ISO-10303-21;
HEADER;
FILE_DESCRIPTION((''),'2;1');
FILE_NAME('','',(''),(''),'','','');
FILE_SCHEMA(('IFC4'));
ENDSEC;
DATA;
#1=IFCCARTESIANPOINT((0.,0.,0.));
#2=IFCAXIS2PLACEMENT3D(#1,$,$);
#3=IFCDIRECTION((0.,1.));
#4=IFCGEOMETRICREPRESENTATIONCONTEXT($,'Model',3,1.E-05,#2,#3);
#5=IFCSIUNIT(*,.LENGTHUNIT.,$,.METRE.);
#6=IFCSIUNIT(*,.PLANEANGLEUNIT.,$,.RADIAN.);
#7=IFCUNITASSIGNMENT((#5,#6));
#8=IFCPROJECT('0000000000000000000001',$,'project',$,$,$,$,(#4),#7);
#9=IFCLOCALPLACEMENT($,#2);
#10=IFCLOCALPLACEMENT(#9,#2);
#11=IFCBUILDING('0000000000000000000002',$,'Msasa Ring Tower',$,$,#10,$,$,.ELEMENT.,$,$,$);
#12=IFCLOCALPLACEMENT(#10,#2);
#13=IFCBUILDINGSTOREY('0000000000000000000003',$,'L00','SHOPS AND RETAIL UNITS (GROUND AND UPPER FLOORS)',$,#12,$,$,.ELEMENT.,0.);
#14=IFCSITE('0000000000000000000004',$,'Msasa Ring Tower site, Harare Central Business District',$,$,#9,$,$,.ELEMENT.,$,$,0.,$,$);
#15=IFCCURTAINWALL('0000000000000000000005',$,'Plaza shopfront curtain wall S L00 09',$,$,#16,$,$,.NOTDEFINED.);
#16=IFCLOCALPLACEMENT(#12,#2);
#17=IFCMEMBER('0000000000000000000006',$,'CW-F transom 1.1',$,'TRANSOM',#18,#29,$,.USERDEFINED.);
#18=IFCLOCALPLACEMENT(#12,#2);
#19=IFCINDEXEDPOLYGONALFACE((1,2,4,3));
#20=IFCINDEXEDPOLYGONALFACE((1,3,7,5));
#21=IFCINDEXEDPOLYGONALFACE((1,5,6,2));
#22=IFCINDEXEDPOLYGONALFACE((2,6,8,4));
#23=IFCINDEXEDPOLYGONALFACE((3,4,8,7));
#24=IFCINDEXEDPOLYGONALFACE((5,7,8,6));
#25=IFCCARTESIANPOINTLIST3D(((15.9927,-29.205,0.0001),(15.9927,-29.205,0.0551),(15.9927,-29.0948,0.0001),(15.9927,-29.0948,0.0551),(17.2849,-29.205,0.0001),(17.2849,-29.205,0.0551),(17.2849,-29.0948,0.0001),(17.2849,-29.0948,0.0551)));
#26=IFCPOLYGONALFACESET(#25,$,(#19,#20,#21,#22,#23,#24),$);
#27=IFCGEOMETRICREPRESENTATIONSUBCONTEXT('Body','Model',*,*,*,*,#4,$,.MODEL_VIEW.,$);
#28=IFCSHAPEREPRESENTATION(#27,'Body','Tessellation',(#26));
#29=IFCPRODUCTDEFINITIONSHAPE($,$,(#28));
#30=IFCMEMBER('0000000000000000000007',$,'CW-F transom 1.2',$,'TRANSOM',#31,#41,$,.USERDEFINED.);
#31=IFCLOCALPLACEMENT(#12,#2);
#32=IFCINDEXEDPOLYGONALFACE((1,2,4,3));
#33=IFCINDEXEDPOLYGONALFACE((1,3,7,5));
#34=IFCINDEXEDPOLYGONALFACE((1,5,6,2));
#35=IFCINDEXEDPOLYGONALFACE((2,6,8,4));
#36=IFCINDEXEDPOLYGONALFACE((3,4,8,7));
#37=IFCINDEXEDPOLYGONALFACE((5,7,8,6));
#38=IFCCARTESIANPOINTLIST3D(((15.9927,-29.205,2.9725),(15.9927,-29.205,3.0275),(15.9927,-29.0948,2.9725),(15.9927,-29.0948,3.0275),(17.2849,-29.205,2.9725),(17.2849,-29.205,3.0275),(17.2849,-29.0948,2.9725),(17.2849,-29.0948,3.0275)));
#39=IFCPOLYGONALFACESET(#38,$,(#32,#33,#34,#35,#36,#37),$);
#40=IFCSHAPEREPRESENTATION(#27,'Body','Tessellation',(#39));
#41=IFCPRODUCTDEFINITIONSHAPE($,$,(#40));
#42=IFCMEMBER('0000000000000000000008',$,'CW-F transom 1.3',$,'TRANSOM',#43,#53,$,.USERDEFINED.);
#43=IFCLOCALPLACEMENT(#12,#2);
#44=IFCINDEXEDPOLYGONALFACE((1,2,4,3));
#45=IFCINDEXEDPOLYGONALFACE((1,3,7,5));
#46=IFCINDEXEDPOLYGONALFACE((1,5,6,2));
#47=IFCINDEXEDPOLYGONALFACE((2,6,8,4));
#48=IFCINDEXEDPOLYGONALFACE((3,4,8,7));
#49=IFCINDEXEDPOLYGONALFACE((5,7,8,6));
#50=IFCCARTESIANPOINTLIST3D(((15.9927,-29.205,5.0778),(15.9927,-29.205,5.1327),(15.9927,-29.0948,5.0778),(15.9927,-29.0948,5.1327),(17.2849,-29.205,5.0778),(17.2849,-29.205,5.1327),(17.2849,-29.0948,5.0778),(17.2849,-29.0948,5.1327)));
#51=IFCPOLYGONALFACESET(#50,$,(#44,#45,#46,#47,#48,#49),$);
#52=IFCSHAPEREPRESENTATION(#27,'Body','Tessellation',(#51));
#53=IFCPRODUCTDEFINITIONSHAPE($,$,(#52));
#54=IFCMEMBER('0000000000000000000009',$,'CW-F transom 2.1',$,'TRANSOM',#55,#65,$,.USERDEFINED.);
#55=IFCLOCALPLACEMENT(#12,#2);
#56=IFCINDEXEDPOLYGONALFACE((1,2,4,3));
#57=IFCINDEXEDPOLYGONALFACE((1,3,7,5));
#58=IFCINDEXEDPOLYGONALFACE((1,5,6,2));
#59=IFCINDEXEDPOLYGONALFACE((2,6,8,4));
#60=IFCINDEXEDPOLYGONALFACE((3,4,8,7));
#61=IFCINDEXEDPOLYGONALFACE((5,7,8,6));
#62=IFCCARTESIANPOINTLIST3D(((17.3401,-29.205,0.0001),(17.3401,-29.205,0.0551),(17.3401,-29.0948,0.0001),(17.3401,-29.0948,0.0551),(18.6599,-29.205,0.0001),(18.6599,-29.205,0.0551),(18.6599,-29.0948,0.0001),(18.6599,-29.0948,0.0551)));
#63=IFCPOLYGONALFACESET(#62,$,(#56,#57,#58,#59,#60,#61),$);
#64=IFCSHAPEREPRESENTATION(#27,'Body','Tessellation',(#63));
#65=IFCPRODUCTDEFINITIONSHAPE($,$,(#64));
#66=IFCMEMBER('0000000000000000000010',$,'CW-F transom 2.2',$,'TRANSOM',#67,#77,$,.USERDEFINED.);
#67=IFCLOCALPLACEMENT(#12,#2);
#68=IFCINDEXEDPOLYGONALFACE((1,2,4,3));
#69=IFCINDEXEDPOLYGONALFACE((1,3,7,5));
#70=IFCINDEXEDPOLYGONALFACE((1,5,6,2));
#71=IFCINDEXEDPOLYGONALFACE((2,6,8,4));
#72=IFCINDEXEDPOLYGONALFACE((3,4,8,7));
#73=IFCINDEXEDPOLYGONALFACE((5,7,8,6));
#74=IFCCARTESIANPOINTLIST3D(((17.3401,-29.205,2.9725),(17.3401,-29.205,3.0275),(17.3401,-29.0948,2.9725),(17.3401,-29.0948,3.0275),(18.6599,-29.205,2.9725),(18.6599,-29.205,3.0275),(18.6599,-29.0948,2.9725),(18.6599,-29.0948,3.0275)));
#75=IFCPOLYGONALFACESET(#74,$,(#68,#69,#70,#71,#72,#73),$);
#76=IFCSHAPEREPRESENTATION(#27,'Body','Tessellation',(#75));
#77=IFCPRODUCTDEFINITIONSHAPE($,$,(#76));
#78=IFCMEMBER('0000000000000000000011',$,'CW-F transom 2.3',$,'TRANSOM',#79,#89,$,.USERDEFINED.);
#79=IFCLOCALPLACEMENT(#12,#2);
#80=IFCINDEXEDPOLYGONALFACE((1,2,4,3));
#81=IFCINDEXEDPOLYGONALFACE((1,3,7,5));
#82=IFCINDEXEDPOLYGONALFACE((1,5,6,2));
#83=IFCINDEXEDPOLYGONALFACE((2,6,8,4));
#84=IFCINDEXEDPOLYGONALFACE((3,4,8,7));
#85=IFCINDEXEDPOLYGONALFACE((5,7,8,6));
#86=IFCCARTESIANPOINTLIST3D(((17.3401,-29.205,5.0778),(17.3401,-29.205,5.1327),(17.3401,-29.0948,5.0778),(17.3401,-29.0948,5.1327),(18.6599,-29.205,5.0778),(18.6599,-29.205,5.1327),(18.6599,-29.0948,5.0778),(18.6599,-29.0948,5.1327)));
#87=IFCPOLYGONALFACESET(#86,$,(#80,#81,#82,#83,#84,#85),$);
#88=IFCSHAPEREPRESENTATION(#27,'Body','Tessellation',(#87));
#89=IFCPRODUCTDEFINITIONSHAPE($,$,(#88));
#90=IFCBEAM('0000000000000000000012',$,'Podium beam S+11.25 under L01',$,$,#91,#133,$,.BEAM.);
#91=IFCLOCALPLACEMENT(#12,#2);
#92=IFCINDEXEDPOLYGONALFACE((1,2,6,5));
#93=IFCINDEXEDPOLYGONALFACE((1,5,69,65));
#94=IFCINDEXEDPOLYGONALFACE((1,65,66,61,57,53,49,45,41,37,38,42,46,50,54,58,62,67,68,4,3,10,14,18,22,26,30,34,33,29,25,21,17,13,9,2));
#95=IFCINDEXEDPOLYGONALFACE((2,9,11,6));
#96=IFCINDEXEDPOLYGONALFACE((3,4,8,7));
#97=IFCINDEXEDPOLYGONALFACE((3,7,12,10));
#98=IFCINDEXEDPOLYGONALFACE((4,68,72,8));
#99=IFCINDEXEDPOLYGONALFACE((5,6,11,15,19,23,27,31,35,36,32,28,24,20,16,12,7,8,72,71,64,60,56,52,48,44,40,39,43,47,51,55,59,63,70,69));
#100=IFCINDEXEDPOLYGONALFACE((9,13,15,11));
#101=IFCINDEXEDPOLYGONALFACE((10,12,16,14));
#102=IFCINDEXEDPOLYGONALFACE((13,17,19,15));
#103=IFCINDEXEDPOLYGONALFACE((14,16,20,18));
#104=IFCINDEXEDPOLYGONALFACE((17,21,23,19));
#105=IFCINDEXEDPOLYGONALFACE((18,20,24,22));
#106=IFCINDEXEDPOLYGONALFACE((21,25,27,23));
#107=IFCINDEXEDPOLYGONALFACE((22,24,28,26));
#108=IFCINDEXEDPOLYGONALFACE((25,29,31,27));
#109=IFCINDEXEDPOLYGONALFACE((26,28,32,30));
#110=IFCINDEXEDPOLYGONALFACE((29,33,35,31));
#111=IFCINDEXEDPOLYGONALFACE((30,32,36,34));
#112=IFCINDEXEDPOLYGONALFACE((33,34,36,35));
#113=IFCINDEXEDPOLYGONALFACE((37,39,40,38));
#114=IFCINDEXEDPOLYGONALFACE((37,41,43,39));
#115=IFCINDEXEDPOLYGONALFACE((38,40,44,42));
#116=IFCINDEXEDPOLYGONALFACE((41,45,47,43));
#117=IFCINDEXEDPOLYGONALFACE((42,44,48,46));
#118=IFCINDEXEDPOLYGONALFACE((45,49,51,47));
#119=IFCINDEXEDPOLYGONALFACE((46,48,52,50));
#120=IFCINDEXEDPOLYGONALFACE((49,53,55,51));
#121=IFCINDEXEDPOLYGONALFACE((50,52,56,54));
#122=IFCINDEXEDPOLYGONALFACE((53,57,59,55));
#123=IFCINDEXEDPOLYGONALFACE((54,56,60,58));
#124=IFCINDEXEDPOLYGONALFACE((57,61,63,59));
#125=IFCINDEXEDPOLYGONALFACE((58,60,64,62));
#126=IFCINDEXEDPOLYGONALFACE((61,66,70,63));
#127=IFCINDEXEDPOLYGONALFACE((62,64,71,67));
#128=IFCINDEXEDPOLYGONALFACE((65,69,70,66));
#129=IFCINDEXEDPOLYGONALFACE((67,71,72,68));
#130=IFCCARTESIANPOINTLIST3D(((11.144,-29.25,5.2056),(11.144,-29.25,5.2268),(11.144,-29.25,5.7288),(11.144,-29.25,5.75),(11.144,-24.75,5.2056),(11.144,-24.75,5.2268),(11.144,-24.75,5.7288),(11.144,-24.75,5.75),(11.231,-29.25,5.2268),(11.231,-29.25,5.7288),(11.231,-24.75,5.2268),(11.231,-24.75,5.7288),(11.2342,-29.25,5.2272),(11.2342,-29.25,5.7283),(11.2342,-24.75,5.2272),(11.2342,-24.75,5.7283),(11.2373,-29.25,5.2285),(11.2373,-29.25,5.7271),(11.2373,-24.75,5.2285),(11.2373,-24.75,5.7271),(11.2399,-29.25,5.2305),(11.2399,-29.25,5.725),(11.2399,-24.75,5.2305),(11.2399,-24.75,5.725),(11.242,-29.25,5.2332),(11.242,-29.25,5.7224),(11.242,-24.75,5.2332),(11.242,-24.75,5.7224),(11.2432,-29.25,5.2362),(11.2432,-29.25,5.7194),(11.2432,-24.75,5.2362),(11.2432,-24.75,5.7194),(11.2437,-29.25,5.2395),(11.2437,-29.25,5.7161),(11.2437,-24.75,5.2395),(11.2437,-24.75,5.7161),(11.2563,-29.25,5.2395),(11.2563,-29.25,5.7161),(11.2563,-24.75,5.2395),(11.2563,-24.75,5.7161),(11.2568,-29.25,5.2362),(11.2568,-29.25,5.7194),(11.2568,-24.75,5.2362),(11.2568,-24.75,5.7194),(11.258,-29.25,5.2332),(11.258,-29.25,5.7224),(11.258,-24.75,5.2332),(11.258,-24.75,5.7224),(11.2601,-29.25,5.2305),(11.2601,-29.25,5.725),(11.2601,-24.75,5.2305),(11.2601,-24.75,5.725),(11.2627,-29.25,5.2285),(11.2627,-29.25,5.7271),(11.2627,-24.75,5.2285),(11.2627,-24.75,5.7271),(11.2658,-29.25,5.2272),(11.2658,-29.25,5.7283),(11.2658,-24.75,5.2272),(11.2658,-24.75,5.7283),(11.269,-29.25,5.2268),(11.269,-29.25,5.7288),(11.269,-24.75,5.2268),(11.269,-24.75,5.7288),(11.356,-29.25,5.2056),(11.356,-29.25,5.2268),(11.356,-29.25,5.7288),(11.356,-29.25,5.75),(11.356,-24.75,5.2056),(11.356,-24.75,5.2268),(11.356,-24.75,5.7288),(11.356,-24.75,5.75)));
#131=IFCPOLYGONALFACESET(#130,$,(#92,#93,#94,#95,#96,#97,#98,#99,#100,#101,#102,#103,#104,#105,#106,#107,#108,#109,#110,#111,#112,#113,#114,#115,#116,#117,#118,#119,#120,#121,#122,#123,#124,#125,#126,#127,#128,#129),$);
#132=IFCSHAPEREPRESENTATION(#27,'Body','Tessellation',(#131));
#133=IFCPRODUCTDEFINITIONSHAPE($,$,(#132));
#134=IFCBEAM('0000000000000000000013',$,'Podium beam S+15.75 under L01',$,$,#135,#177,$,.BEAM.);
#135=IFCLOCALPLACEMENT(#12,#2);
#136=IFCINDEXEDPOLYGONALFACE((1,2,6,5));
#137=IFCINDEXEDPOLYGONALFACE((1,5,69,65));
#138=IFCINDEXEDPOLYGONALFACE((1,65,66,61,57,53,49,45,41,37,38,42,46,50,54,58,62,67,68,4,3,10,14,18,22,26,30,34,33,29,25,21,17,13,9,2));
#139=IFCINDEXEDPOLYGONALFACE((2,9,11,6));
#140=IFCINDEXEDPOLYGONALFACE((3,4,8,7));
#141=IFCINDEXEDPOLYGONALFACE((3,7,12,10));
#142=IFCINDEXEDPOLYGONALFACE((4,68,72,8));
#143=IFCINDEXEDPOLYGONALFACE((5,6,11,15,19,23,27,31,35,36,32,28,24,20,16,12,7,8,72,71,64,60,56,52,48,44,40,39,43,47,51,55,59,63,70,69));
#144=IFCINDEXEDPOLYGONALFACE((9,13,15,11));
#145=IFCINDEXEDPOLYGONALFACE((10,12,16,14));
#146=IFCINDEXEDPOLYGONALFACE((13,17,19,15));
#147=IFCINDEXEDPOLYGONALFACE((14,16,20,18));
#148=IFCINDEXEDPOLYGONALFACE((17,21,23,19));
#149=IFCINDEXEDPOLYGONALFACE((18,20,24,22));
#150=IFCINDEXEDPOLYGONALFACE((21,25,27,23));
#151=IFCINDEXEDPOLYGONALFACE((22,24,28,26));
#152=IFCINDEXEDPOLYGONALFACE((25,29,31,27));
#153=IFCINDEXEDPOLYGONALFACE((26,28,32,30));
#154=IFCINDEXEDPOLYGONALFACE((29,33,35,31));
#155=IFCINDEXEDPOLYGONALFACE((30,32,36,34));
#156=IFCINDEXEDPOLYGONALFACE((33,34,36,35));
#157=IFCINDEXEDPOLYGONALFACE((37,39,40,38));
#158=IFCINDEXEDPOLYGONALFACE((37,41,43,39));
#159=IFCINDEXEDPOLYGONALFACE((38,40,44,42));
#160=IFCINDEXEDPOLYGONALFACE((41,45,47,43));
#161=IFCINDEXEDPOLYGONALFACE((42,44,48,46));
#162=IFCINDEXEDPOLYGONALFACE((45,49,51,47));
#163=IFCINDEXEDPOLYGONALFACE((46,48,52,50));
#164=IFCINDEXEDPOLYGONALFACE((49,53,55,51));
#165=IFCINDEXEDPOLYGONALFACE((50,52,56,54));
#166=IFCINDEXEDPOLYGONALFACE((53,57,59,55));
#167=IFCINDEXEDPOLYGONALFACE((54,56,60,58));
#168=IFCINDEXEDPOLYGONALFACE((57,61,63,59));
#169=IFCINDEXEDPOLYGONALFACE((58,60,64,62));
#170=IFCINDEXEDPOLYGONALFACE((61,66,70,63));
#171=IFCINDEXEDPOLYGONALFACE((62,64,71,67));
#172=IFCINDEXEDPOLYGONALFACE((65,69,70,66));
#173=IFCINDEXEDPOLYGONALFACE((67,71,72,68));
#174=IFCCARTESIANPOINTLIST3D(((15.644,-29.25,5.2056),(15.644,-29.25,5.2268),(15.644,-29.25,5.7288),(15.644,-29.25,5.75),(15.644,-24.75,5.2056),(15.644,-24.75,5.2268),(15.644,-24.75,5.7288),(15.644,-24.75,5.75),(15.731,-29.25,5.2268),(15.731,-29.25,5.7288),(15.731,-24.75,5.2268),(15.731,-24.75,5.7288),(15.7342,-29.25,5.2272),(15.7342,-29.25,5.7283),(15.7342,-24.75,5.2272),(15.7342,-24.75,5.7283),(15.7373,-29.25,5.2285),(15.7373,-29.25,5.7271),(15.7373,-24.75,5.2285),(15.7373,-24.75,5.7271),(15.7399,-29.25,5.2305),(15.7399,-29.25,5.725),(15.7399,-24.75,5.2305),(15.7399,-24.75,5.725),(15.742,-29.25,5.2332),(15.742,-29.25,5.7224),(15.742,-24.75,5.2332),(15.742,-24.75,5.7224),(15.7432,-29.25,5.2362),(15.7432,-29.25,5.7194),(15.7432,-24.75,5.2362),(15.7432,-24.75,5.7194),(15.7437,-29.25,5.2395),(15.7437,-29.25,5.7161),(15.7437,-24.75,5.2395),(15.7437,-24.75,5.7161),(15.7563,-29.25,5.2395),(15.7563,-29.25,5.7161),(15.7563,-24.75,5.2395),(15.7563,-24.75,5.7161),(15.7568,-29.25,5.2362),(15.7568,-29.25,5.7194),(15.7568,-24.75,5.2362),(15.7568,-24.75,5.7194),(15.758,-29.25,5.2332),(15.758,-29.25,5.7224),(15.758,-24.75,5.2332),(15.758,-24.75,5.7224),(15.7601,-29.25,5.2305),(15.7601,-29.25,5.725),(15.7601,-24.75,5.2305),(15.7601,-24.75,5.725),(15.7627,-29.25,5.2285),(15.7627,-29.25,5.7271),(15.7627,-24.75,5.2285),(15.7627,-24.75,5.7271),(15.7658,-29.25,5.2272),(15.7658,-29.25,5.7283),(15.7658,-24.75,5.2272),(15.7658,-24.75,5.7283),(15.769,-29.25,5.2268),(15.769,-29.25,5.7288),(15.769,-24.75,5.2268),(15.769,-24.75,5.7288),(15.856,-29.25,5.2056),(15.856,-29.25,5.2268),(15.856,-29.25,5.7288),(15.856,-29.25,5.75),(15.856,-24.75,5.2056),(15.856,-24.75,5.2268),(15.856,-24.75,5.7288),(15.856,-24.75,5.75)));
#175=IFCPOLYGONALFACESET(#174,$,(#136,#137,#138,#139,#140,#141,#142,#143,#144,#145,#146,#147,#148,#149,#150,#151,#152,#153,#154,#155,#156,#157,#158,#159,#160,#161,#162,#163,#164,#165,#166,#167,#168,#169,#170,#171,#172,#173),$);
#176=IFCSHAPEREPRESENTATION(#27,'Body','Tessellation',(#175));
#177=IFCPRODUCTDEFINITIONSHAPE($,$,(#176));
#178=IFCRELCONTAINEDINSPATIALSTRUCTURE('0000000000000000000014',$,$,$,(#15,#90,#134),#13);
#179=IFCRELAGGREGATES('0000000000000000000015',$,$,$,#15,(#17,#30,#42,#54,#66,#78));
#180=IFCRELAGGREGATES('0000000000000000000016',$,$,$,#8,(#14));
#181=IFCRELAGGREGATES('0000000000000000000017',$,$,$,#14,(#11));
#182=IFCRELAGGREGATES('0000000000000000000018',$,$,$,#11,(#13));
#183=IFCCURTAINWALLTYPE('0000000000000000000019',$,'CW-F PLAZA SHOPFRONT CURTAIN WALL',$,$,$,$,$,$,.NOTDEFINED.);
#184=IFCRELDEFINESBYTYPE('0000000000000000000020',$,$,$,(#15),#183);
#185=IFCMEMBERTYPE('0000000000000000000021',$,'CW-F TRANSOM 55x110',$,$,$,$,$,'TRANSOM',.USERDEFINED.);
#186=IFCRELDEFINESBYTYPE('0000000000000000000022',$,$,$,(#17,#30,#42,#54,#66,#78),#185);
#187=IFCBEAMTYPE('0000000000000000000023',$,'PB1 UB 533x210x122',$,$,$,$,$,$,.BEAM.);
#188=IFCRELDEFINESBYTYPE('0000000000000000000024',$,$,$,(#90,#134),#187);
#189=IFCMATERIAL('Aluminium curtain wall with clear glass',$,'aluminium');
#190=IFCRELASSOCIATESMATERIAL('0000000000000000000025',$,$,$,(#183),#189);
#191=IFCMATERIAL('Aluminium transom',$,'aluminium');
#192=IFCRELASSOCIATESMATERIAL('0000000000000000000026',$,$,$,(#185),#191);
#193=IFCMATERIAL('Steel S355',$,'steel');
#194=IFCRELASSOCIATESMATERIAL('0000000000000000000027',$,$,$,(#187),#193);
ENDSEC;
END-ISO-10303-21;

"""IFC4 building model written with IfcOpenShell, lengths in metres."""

from ifc_helpers import new_model, si_unit, direction, frame, origin, origin_2d, place, context, subcontext, project, spatial, rectangle, i_section, extrude, material, material_profile, profile_set, type_object, element, aggregate, save


model = new_model("IFC4")

# Units and contexts
model_context = context("Model", 3, precision=1e-05, world=origin(), true_north=direction((0.0, 1.0)))
body_context = subcontext(model_context, "Body", "Model", "MODEL_VIEW")
ifc_project = project(units=[si_unit("LENGTHUNIT", "METRE"), si_unit("PLANEANGLEUNIT", "RADIAN")], contexts=[model_context])

# Site, building, storey
site_placement = place(None, origin())
site = spatial("IfcSite", under=ifc_project, at=site_placement, Name="Msasa Ring Tower site, Harare Central Business District", CompositionType="ELEMENT", RefElevation=0.0)
building_placement = place(site_placement, origin())
building = spatial("IfcBuilding", under=site, at=building_placement, Name="Msasa Ring Tower", CompositionType="ELEMENT")
storey_placement = place(building_placement, origin())
storey = spatial("IfcBuildingStorey", under=building, at=storey_placement, Name="L00", Description="SHOPS AND RETAIL UNITS (GROUND AND UPPER FLOORS)", CompositionType="ELEMENT", Elevation=0.0)

# Curtain wall
ifc_material_1 = material(Name="Aluminium curtain wall with clear glass", Category="aluminium")
curtain_wall_type = type_object("IfcCurtainWallType", Name="CW-F PLAZA SHOPFRONT CURTAIN WALL", PredefinedType="NOTDEFINED", material=ifc_material_1)
curtain_wall_1_placement = place(storey_placement, origin())
curtain_wall_1 = element("IfcCurtainWall", 1, at=curtain_wall_1_placement, inside=storey, type_object=curtain_wall_type, Name="Plaza shopfront curtain wall S L00 09", PredefinedType="NOTDEFINED")

# Members
ifc_material_2 = material(Name="Aluminium transom", Category="aluminium")
ifc_material_profile_1 = material_profile(ifc_material_2, rectangle(XDim=0.1101, YDim=0.0549, at=origin_2d()), Name="AL 55x110")
ifc_profile_set_1 = profile_set([ifc_material_profile_1], Name="Aluminium transom")
member_type_1 = type_object("IfcMemberType", Name="CW-F TRANSOM 55x110", ElementType="TRANSOM", PredefinedType="USERDEFINED", material=ifc_profile_set_1)
member_1_placement = place(storey_placement, frame((15.9927, -29.1499, 0.0276), z_axis=(1.0, 0.0, 0.0), x_axis=(0.0, 1.0, 0.0)))
member_1 = element("IfcMember", 2, at=member_1_placement, type_object=member_type_1, Name="CW-F transom 1.1", ObjectType="TRANSOM", PredefinedType="USERDEFINED", context=body_context, shape_type="SweptSolid", body=[
    extrude(rectangle(XDim=0.1101, YDim=0.0549, at=origin_2d()), origin(), (0.0, 0.0, 1.0), 1.2922),
])
member_2_placement = place(storey_placement, frame((15.9927, -29.1499, 3.0), z_axis=(1.0, 0.0, 0.0), x_axis=(0.0, 1.0, 0.0)))
member_2 = element("IfcMember", 3, at=member_2_placement, type_object=member_type_1, Name="CW-F transom 1.2", ObjectType="TRANSOM", PredefinedType="USERDEFINED", context=body_context, shape_type="SweptSolid", body=[
    extrude(rectangle(XDim=0.1101, YDim=0.0549, at=origin_2d()), origin(), (0.0, 0.0, 1.0), 1.2922),
])
member_3_placement = place(storey_placement, frame((15.9927, -29.1499, 5.1052), z_axis=(1.0, 0.0, 0.0), x_axis=(0.0, 1.0, 0.0)))
member_3 = element("IfcMember", 4, at=member_3_placement, type_object=member_type_1, Name="CW-F transom 1.3", ObjectType="TRANSOM", PredefinedType="USERDEFINED", context=body_context, shape_type="SweptSolid", body=[
    extrude(rectangle(XDim=0.1101, YDim=0.0549, at=origin_2d()), origin(), (0.0, 0.0, 1.0), 1.2922),
])
member_4_placement = place(storey_placement, frame((17.3401, -29.1499, 0.0276), z_axis=(1.0, 0.0, 0.0), x_axis=(0.0, 1.0, 0.0)))
member_4 = element("IfcMember", 5, at=member_4_placement, type_object=member_type_1, Name="CW-F transom 2.1", ObjectType="TRANSOM", PredefinedType="USERDEFINED", context=body_context, shape_type="SweptSolid", body=[
    extrude(rectangle(XDim=0.1101, YDim=0.0549, at=origin_2d()), origin(), (0.0, 0.0, 1.0), 1.3198),
])
member_5_placement = place(storey_placement, frame((17.3401, -29.1499, 3.0), z_axis=(1.0, 0.0, 0.0), x_axis=(0.0, 1.0, 0.0)))
member_5 = element("IfcMember", 6, at=member_5_placement, type_object=member_type_1, Name="CW-F transom 2.2", ObjectType="TRANSOM", PredefinedType="USERDEFINED", context=body_context, shape_type="SweptSolid", body=[
    extrude(rectangle(XDim=0.1101, YDim=0.0549, at=origin_2d()), origin(), (0.0, 0.0, 1.0), 1.3198),
])
member_6_placement = place(storey_placement, frame((17.3401, -29.1499, 5.1052), z_axis=(1.0, 0.0, 0.0), x_axis=(0.0, 1.0, 0.0)))
member_6 = element("IfcMember", 7, at=member_6_placement, type_object=member_type_1, Name="CW-F transom 2.3", ObjectType="TRANSOM", PredefinedType="USERDEFINED", context=body_context, shape_type="SweptSolid", body=[
    extrude(rectangle(XDim=0.1101, YDim=0.0549, at=origin_2d()), origin(), (0.0, 0.0, 1.0), 1.3198),
])

# Beams
ifc_material_3 = material(Name="Steel S355", Category="steel")
ifc_material_profile_2 = material_profile(ifc_material_3, i_section(OverallWidth=0.2119, OverallDepth=0.5444, WebThickness=0.0127, FlangeThickness=0.0212, FilletRadius=0.0127, at=origin_2d()), Name="UB 533x210x122")
ifc_profile_set_2 = profile_set([ifc_material_profile_2], Name="Steel S355")
beam_type_1 = type_object("IfcBeamType", Name="PB1 UB 533x210x122", PredefinedType="BEAM", material=ifc_profile_set_2)
for number, where, z_axis, x_axis, name in (
    (8, (11.25, -29.25, 5.4778), (0.0, 1.0, 0.0), (-1.0, 0.0, 0.0), "Podium beam S+11.25 under L01"),
    (9, (15.75, -29.25, 5.4778), (0.0, 1.0, 0.0), (-1.0, 0.0, 0.0), "Podium beam S+15.75 under L01"),
):
    element("IfcBeam", number, at=place(storey_placement, frame(where, z_axis=z_axis, x_axis=x_axis)), inside=storey, type_object=beam_type_1, Name=name, PredefinedType="BEAM", context=body_context, shape_type="SweptSolid", body=[
        extrude(i_section(OverallWidth=0.2119, OverallDepth=0.5444, WebThickness=0.0127, FlangeThickness=0.0212, FilletRadius=0.0127, at=origin_2d()), origin(), (0.0, 0.0, 1.0), 4.5),
    ])

aggregate(curtain_wall_1, [member_1, member_2, member_3, member_4, member_5, member_6])

save(model, "model.ifc")
